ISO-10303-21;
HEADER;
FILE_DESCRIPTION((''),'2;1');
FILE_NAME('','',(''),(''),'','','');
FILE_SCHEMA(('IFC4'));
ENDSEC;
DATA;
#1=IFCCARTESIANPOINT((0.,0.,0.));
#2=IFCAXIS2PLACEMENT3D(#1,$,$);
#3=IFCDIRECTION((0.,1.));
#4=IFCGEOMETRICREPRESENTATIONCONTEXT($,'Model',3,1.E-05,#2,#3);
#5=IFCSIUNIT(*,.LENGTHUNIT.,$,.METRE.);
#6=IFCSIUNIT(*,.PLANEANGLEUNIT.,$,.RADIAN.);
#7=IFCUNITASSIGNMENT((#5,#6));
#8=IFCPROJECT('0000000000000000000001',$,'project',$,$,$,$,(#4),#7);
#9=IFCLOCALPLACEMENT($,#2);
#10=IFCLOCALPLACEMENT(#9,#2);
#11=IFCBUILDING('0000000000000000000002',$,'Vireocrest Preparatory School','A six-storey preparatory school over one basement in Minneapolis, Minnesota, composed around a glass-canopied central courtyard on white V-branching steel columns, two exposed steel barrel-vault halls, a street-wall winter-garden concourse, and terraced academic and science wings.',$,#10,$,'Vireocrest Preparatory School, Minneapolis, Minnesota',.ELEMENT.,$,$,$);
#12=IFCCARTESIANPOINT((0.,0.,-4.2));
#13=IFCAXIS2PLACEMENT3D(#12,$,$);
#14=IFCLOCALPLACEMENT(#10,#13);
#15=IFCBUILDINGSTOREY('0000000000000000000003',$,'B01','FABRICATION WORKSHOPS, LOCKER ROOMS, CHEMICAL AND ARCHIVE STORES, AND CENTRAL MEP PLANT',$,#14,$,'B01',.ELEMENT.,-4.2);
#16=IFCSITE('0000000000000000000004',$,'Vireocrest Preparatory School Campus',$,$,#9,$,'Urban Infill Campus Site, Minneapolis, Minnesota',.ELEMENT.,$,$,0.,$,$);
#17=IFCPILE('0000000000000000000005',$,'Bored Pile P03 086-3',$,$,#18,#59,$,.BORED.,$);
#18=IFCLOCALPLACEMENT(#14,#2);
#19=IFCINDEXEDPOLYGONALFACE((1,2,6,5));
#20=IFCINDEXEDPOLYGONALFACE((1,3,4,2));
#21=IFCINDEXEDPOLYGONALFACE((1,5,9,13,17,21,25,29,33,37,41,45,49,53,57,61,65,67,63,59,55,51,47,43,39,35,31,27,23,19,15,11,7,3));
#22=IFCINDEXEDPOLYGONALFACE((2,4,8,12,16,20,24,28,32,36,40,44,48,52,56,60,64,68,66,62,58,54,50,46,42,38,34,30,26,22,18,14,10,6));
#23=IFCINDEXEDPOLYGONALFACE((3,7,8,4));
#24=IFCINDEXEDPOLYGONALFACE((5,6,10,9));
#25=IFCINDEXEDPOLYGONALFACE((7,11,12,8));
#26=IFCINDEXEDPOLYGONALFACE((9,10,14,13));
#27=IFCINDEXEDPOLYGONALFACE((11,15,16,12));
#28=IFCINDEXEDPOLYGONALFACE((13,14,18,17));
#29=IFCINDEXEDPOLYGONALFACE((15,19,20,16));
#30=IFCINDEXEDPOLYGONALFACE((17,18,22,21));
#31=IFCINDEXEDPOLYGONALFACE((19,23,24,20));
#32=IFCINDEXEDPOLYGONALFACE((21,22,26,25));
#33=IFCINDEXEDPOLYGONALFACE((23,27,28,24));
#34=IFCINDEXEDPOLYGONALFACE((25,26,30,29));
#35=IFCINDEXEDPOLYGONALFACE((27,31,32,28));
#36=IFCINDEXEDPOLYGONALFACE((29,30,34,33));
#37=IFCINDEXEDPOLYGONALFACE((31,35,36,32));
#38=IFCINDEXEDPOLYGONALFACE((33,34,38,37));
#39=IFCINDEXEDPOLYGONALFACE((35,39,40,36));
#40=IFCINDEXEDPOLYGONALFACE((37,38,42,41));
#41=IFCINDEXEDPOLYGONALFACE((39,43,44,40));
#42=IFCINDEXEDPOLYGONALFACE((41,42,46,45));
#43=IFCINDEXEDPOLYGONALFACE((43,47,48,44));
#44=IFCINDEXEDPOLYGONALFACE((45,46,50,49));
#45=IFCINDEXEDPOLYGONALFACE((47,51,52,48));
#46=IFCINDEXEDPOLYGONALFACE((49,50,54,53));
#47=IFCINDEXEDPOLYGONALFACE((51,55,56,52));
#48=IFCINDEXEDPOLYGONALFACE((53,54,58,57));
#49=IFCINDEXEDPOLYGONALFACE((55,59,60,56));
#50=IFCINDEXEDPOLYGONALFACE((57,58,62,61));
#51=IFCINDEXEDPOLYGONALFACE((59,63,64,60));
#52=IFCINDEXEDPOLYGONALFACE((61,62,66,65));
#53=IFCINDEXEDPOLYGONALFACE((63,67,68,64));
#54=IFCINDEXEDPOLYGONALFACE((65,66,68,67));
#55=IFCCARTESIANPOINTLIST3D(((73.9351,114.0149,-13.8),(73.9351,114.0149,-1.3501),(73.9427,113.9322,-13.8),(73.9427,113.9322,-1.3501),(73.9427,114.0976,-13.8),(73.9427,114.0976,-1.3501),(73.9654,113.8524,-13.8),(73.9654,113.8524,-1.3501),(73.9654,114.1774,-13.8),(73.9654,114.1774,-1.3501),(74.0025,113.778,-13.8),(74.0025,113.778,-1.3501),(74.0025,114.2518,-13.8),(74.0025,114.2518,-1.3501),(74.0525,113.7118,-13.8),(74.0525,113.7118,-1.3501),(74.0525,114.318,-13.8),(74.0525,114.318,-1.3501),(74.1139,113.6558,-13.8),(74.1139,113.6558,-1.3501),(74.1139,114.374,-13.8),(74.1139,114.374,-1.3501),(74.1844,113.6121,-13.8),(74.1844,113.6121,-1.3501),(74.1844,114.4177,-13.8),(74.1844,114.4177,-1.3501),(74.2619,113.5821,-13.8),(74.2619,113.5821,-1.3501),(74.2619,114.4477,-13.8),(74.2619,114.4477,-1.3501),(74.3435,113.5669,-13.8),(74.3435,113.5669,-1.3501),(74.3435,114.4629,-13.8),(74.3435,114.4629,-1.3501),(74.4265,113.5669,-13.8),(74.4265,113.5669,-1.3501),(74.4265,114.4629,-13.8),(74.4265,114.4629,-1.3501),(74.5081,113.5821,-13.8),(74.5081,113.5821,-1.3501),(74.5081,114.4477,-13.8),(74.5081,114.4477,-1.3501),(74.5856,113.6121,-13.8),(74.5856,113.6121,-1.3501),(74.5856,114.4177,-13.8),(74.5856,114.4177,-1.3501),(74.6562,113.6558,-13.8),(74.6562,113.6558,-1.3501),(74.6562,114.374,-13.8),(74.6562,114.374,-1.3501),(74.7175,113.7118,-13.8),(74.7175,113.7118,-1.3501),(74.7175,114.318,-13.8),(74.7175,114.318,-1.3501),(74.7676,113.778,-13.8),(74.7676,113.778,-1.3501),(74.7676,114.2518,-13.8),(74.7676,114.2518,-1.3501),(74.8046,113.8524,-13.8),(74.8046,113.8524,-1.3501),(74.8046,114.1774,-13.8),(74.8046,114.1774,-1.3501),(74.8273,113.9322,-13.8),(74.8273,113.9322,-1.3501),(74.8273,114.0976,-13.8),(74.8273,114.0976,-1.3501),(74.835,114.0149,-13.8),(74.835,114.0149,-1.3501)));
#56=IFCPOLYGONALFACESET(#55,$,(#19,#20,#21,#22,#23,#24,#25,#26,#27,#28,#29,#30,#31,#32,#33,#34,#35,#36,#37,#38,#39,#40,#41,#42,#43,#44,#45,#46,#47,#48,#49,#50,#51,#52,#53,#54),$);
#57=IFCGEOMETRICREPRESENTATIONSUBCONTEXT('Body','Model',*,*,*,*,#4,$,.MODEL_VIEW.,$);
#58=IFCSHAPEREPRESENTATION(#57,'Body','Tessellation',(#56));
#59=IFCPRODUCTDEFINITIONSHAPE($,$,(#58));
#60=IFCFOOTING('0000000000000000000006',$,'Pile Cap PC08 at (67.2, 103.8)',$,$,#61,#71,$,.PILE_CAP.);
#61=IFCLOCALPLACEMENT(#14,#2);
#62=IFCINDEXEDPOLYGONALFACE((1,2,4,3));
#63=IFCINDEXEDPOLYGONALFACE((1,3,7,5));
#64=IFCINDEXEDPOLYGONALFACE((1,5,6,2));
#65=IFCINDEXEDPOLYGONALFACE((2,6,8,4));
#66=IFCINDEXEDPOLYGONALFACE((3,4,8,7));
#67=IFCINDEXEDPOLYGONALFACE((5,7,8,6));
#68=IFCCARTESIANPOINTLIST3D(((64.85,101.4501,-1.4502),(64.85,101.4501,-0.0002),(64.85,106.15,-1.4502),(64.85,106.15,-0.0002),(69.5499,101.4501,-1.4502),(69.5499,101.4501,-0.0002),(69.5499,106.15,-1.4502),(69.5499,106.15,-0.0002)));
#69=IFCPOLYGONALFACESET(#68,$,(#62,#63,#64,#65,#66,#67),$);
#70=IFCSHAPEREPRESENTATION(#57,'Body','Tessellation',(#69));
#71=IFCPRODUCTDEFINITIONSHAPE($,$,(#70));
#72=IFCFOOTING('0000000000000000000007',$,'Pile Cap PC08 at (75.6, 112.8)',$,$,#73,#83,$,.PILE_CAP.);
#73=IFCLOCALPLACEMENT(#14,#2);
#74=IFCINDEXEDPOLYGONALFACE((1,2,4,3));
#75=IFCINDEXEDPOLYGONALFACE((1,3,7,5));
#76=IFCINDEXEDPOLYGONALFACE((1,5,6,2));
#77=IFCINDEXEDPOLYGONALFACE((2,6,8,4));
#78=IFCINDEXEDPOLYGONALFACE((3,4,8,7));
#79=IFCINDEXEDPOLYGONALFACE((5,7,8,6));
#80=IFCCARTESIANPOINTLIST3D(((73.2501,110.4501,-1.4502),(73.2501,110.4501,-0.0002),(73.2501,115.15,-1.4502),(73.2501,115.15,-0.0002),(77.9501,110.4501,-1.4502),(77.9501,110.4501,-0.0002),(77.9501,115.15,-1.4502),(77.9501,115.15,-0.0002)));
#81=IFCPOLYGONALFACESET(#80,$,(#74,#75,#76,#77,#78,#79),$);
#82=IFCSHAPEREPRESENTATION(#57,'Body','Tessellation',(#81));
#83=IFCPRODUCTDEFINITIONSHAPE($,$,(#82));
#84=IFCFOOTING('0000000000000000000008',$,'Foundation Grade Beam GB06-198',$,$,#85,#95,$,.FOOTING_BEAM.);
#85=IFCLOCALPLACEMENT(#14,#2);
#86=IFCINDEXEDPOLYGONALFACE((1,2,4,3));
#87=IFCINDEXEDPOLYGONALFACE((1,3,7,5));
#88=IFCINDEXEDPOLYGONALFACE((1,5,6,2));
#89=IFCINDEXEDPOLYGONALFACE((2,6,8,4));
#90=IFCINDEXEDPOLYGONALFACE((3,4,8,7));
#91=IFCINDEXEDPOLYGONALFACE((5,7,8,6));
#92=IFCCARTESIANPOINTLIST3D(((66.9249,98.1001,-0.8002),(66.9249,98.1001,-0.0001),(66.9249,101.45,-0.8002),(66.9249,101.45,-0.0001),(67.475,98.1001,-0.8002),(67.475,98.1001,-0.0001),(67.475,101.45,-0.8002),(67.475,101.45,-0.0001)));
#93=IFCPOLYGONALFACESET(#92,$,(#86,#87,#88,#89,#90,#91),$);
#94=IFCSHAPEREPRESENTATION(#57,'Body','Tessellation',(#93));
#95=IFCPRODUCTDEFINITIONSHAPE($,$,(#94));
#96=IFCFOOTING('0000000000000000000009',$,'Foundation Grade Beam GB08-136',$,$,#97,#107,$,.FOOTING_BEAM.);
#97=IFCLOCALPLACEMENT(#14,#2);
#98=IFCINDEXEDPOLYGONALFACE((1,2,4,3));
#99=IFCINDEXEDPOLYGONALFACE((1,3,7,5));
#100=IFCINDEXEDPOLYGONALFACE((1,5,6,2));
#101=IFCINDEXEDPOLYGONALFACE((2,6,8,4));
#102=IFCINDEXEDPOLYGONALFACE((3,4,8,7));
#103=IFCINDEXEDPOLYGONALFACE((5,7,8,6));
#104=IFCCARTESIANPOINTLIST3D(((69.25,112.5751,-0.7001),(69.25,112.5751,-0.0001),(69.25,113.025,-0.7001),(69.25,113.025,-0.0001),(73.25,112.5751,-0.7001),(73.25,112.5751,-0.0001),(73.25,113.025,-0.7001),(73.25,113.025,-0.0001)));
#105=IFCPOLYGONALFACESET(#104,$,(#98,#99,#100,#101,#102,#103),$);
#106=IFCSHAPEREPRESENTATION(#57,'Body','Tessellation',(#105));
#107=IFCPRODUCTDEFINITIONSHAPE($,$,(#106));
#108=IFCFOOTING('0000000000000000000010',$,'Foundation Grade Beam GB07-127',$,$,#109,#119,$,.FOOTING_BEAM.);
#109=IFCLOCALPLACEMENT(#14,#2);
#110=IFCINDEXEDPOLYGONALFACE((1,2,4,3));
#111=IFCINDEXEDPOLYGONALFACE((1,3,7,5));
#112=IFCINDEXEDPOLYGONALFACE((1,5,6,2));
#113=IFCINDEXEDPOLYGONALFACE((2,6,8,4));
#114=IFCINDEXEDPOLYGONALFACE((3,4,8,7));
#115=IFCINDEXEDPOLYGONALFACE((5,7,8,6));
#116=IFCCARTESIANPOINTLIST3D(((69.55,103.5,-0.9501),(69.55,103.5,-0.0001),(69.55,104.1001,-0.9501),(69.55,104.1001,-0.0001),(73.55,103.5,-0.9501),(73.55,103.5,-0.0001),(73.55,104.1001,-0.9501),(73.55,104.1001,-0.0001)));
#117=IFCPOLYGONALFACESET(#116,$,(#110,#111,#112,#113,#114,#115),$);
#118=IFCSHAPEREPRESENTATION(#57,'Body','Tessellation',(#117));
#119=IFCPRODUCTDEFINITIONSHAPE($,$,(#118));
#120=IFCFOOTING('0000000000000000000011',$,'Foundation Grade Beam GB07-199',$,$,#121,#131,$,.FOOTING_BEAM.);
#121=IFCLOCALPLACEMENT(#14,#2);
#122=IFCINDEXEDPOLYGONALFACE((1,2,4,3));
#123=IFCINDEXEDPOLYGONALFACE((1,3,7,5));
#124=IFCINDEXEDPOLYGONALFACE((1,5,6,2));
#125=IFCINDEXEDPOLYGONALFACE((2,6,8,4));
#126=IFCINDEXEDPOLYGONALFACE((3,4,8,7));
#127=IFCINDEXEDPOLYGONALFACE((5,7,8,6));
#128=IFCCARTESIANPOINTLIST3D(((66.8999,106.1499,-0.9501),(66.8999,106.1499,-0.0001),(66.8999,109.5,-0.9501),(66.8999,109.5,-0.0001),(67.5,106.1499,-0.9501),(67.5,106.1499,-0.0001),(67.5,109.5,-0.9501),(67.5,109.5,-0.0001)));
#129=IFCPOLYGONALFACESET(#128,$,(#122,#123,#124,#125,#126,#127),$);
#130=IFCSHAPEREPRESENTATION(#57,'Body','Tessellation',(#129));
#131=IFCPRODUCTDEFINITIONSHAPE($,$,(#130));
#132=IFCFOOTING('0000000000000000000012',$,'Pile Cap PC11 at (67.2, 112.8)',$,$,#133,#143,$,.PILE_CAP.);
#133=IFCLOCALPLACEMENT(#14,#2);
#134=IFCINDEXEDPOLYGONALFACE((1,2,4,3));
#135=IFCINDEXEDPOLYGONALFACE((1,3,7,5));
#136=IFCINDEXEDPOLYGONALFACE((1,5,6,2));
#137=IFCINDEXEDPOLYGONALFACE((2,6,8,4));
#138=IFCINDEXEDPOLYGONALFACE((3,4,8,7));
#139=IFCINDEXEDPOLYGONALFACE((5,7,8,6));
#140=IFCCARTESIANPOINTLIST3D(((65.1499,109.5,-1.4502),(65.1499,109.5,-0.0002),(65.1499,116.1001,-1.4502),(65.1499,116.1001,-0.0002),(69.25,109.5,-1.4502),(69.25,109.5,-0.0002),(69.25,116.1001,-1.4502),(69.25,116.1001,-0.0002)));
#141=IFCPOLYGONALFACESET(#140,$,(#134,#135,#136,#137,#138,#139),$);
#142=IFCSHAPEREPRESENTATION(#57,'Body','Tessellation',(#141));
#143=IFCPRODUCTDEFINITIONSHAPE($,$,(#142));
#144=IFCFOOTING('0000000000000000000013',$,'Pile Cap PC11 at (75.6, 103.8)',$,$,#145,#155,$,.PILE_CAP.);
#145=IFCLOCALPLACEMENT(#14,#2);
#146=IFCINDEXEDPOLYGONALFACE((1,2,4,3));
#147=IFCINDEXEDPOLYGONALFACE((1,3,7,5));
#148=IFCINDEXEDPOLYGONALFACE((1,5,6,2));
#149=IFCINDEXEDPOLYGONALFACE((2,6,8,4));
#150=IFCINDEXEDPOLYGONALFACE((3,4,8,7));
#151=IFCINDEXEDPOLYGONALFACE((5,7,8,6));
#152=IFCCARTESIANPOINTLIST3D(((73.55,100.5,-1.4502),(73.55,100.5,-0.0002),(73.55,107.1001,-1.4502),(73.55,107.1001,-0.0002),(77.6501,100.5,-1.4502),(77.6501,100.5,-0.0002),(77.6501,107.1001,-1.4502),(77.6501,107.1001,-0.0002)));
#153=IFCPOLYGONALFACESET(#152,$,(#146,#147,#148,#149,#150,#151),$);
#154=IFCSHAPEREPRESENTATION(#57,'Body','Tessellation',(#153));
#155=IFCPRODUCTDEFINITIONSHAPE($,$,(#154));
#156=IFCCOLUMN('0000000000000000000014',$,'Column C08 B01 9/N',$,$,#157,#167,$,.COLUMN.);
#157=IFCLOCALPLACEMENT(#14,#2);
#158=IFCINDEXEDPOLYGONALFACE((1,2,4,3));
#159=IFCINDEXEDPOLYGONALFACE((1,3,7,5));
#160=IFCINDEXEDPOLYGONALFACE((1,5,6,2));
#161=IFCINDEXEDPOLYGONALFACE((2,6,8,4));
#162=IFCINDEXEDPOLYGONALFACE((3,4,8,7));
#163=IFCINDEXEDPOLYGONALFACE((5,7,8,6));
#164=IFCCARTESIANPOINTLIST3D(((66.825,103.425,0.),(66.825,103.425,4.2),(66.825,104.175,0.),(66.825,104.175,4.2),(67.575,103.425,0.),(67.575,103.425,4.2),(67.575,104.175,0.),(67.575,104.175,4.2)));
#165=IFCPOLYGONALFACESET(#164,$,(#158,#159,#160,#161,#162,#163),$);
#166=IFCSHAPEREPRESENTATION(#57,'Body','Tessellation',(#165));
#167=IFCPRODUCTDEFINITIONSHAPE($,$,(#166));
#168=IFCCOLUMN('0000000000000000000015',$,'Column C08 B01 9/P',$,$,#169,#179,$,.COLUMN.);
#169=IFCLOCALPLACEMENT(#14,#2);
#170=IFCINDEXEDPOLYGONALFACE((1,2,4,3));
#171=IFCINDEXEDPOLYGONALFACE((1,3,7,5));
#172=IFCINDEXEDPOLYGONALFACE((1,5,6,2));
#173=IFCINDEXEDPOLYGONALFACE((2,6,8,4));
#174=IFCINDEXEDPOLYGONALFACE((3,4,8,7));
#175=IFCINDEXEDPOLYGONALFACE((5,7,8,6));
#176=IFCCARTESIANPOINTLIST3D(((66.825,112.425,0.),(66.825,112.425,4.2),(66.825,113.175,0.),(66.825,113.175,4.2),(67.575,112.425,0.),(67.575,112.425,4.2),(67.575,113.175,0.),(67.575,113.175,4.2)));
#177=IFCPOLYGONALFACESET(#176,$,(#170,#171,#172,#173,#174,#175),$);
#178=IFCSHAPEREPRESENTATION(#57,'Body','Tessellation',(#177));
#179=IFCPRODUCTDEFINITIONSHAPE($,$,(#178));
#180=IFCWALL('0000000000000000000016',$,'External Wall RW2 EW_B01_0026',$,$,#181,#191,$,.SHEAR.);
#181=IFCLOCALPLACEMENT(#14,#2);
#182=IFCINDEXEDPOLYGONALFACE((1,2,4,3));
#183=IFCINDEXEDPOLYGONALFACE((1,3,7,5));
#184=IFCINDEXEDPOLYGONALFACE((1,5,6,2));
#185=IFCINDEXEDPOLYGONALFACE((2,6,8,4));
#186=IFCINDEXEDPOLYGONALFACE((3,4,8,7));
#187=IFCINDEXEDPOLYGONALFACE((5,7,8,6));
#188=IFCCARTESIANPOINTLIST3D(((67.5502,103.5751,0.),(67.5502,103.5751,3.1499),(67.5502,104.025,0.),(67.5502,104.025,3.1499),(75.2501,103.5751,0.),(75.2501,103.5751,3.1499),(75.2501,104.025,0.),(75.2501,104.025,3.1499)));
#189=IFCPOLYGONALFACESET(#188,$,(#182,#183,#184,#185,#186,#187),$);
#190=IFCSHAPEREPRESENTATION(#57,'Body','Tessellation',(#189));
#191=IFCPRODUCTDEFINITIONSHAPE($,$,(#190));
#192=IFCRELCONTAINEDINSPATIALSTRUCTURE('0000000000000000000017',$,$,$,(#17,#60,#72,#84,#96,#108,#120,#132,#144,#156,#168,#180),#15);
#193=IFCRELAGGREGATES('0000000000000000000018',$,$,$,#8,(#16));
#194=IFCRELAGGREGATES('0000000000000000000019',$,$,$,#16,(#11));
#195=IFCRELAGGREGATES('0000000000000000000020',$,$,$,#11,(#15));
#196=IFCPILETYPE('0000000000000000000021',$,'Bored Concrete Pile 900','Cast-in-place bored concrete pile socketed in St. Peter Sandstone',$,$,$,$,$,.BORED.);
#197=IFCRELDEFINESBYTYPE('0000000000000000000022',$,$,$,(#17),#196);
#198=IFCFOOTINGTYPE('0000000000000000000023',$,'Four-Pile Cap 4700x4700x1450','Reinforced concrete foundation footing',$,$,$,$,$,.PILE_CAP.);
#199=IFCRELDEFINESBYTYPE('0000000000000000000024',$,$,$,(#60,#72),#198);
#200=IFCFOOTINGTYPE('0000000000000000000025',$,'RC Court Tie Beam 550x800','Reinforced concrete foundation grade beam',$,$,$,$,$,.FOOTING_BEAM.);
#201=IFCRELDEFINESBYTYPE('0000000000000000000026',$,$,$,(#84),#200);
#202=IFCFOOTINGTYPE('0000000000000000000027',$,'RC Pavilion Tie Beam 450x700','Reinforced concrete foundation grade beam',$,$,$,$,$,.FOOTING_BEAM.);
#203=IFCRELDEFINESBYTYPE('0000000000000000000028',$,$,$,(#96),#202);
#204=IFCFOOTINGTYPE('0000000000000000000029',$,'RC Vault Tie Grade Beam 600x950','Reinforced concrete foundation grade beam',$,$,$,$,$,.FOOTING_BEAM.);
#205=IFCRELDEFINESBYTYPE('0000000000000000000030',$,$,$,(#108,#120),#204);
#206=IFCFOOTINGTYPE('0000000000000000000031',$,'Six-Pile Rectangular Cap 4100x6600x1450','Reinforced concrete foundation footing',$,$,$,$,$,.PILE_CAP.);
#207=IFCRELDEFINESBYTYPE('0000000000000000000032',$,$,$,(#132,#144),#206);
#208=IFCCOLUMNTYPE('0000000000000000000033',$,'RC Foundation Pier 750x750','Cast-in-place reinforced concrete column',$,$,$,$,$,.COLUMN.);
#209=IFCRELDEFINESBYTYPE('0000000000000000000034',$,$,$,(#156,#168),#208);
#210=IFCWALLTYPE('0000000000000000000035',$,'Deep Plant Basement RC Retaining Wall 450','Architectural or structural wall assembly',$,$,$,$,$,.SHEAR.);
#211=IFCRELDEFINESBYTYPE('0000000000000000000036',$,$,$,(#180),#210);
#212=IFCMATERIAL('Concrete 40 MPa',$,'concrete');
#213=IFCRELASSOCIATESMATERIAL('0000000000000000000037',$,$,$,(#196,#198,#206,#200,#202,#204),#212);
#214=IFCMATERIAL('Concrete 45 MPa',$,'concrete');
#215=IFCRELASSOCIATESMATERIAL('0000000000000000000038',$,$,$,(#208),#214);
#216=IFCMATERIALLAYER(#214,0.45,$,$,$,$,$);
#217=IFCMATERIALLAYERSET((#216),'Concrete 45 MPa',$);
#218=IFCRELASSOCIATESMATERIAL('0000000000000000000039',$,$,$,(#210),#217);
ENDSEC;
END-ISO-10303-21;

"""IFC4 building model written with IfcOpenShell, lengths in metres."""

from ifc_helpers import new_model, si_unit, direction, frame, frame_2d, origin, origin_2d, place, context, subcontext, project, spatial, rectangle, circle, extrude, material, layer, layer_set, material_profile, profile_set, type_object, element, save


model = new_model("IFC4")

# Units and contexts
model_context = context("Model", 3, precision=1e-05, world=origin(), true_north=direction((0.0, 1.0)))
body_context = subcontext(model_context, "Body", "Model", "MODEL_VIEW")
ifc_project = project(units=[si_unit("LENGTHUNIT", "METRE"), si_unit("PLANEANGLEUNIT", "RADIAN")], contexts=[model_context])

# Site, building, storey
site_placement = place(None, origin())
site = spatial("IfcSite", under=ifc_project, at=site_placement, Name="Vireocrest Preparatory School Campus", LongName="Urban Infill Campus Site, Minneapolis, Minnesota", CompositionType="ELEMENT", RefElevation=0.0)
building_placement = place(site_placement, origin())
building = spatial("IfcBuilding", under=site, at=building_placement, Name="Vireocrest Preparatory School", Description="A six-storey preparatory school over one basement in Minneapolis, Minnesota, composed around a glass-canopied central courtyard on white V-branching steel columns, two exposed steel barrel-vault halls, a street-wall winter-garden concourse, and terraced academic and science wings.", LongName="Vireocrest Preparatory School, Minneapolis, Minnesota", CompositionType="ELEMENT")
storey_placement = place(building_placement, frame((0.0, 0.0, -4.2)))
storey = spatial("IfcBuildingStorey", under=building, at=storey_placement, Name="B01", Description="FABRICATION WORKSHOPS, LOCKER ROOMS, CHEMICAL AND ARCHIVE STORES, AND CENTRAL MEP PLANT", LongName="B01", CompositionType="ELEMENT", Elevation=-4.2)

# Pile
ifc_material_1 = material(Name="Concrete 40 MPa", Category="concrete")
ifc_material_profile_1 = material_profile(ifc_material_1, circle(Radius=0.45, at=origin_2d()), Name="BORED PILE 900")
ifc_profile_set_1 = profile_set([ifc_material_profile_1], Name="Concrete 40 MPa")
pile_type = type_object("IfcPileType", Name="Bored Concrete Pile 900", Description="Cast-in-place bored concrete pile socketed in St. Peter Sandstone", PredefinedType="BORED", material=ifc_profile_set_1)
for number, where, z_axis, x_axis, name in (
    (1, (74.385, 114.0149, -1.3501), (0.0, 0.0, -1.0), (1.0, 0.0, 0.0), "Bored Pile P03 086-3"),
):
    element("IfcPile", number, at=place(storey_placement, frame(where, z_axis=z_axis, x_axis=x_axis)), inside=storey, type_object=pile_type, Name=name, PredefinedType="BORED", context=body_context, shape_type="SweptSolid", body=[
        extrude(circle(Radius=0.45, at=origin_2d()), origin(), (0.0, 0.0, 1.0), 12.45),
    ])

# Footings
footing_type_1 = type_object("IfcFootingType", Name="Four-Pile Cap 4700x4700x1450", Description="Reinforced concrete foundation footing", PredefinedType="PILE_CAP", material=ifc_material_1)
for number, where, z_axis, x_axis, name in (
    (2, (67.2, 103.8, -1.4502), (0.0, 0.0, 1.0), (1.0, 0.0, 0.0), "Pile Cap PC08 at (67.2, 103.8)"),
    (3, (75.6001, 112.8, -1.4502), (0.0, 0.0, 1.0), (1.0, 0.0, 0.0), "Pile Cap PC08 at (75.6, 112.8)"),
):
    element("IfcFooting", number, at=place(storey_placement, frame(where, z_axis=z_axis, x_axis=x_axis)), inside=storey, type_object=footing_type_1, Name=name, PredefinedType="PILE_CAP", context=body_context, shape_type="SweptSolid", body=[
        extrude(rectangle(XDim=4.7, YDim=4.7, at=origin_2d()), origin(), (0.0, 0.0, 1.0), 1.45),
    ])
ifc_material_profile_2 = material_profile(ifc_material_1, rectangle(XDim=0.55, YDim=0.8, at=origin_2d()), Name="GB 550x800")
ifc_profile_set_2 = profile_set([ifc_material_profile_2], Name="Concrete 40 MPa")
footing_type_2 = type_object("IfcFootingType", Name="RC Court Tie Beam 550x800", Description="Reinforced concrete foundation grade beam", PredefinedType="FOOTING_BEAM", material=ifc_profile_set_2)
footing_1_placement = place(storey_placement, frame((67.2, 98.1001, -0.4001), z_axis=(0.0, 1.0, 0.0), x_axis=(-1.0, 0.0, 0.0)))
element("IfcFooting", 4, at=footing_1_placement, inside=storey, type_object=footing_type_2, Name="Foundation Grade Beam GB06-198", PredefinedType="FOOTING_BEAM", context=body_context, shape_type="SweptSolid", body=[
    extrude(rectangle(XDim=0.55, YDim=0.8, at=origin_2d()), origin(), (0.0, 0.0, 1.0), 3.3499),
])
ifc_material_profile_3 = material_profile(ifc_material_1, rectangle(XDim=0.45, YDim=0.7, at=origin_2d()), Name="GB 450x700")
ifc_profile_set_3 = profile_set([ifc_material_profile_3], Name="Concrete 40 MPa")
footing_type_3 = type_object("IfcFootingType", Name="RC Pavilion Tie Beam 450x700", Description="Reinforced concrete foundation grade beam", PredefinedType="FOOTING_BEAM", material=ifc_profile_set_3)
footing_2_placement = place(storey_placement, frame((69.25, 112.8, -0.3501), z_axis=(1.0, 0.0, 0.0), x_axis=(0.0, 1.0, 0.0)))
element("IfcFooting", 5, at=footing_2_placement, inside=storey, type_object=footing_type_3, Name="Foundation Grade Beam GB08-136", PredefinedType="FOOTING_BEAM", context=body_context, shape_type="SweptSolid", body=[
    extrude(rectangle(XDim=0.45, YDim=0.7, at=origin_2d()), origin(), (0.0, 0.0, 1.0), 4.0),
])
ifc_material_profile_4 = material_profile(ifc_material_1, rectangle(XDim=0.6001, YDim=0.95, at=origin_2d()), Name="GB 600x950")
ifc_profile_set_4 = profile_set([ifc_material_profile_4], Name="Concrete 40 MPa")
footing_type_4 = type_object("IfcFootingType", Name="RC Vault Tie Grade Beam 600x950", Description="Reinforced concrete foundation grade beam", PredefinedType="FOOTING_BEAM", material=ifc_profile_set_4)
footing_3_placement = place(storey_placement, frame((69.55, 103.8, -0.4751), z_axis=(1.0, 0.0, 0.0), x_axis=(0.0, 1.0, 0.0)))
element("IfcFooting", 6, at=footing_3_placement, inside=storey, type_object=footing_type_4, Name="Foundation Grade Beam GB07-127", PredefinedType="FOOTING_BEAM", context=body_context, shape_type="SweptSolid", body=[
    extrude(rectangle(XDim=0.6001, YDim=0.95, at=origin_2d()), origin(), (0.0, 0.0, 1.0), 4.0),
])
footing_4_placement = place(storey_placement, frame((67.2, 106.1499, -0.4751), z_axis=(0.0, 1.0, 0.0), x_axis=(-1.0, 0.0, 0.0)))
element("IfcFooting", 7, at=footing_4_placement, inside=storey, type_object=footing_type_4, Name="Foundation Grade Beam GB07-199", PredefinedType="FOOTING_BEAM", context=body_context, shape_type="SweptSolid", body=[
    extrude(rectangle(XDim=0.6001, YDim=0.95, at=origin_2d()), origin(), (0.0, 0.0, 1.0), 3.3501),
])
footing_type_5 = type_object("IfcFootingType", Name="Six-Pile Rectangular Cap 4100x6600x1450", Description="Reinforced concrete foundation footing", PredefinedType="PILE_CAP", material=ifc_material_1)
for number, where, z_axis, x_axis, name in (
    (8, (67.2, 112.8, -1.4502), (0.0, 0.0, 1.0), (1.0, 0.0, 0.0), "Pile Cap PC11 at (67.2, 112.8)"),
    (9, (75.6001, 103.8, -1.4502), (0.0, 0.0, 1.0), (1.0, 0.0, 0.0), "Pile Cap PC11 at (75.6, 103.8)"),
):
    element("IfcFooting", number, at=place(storey_placement, frame(where, z_axis=z_axis, x_axis=x_axis)), inside=storey, type_object=footing_type_5, Name=name, PredefinedType="PILE_CAP", context=body_context, shape_type="SweptSolid", body=[
        extrude(rectangle(XDim=4.1001, YDim=6.6001, at=origin_2d()), origin(), (0.0, 0.0, 1.0), 1.45),
    ])

# Columns
ifc_material_2 = material(Name="Concrete 45 MPa", Category="concrete")
ifc_material_profile_5 = material_profile(ifc_material_2, rectangle(XDim=0.75, YDim=0.75, at=origin_2d()), Name="RC 750x750")
ifc_profile_set_5 = profile_set([ifc_material_profile_5], Name="Concrete 45 MPa")
column_type = type_object("IfcColumnType", Name="RC Foundation Pier 750x750", Description="Cast-in-place reinforced concrete column", PredefinedType="COLUMN", material=ifc_profile_set_5)
for number, where, z_axis, x_axis, name in (
    (10, (67.2, 103.8, 0.0), (0.0, 0.0, 1.0), (1.0, 0.0, 0.0), "Column C08 B01 9/N"),
    (11, (67.2, 112.8, 0.0), (0.0, 0.0, 1.0), (1.0, 0.0, 0.0), "Column C08 B01 9/P"),
):
    element("IfcColumn", number, at=place(storey_placement, frame(where, z_axis=z_axis, x_axis=x_axis)), inside=storey, type_object=column_type, Name=name, PredefinedType="COLUMN", context=body_context, shape_type="SweptSolid", body=[
        extrude(rectangle(XDim=0.75, YDim=0.75, at=origin_2d()), origin(), (0.0, 0.0, 1.0), 4.2),
    ])

# Wall
ifc_layer = layer(ifc_material_2, 0.45)
ifc_layer_set = layer_set([ifc_layer], Name="Concrete 45 MPa")
wall_type = type_object("IfcWallType", Name="Deep Plant Basement RC Retaining Wall 450", Description="Architectural or structural wall assembly", PredefinedType="SHEAR", material=ifc_layer_set)
wall_placement = place(storey_placement, frame((67.55, 103.8, 0.0), z_axis=(0.0, 0.0, 1.0), x_axis=(1.0, 0.0, 0.0)))
element("IfcWall", 12, at=wall_placement, inside=storey, type_object=wall_type, Name="External Wall RW2 EW_B01_0026", PredefinedType="SHEAR", context=body_context, shape_type="SweptSolid", body=[
    extrude(rectangle(XDim=7.7, YDim=0.45, at=frame_2d((3.8501, 0.0))), origin(), (0.0, 0.0, 1.0), 3.1499),
])

save(model, "model.ifc")
